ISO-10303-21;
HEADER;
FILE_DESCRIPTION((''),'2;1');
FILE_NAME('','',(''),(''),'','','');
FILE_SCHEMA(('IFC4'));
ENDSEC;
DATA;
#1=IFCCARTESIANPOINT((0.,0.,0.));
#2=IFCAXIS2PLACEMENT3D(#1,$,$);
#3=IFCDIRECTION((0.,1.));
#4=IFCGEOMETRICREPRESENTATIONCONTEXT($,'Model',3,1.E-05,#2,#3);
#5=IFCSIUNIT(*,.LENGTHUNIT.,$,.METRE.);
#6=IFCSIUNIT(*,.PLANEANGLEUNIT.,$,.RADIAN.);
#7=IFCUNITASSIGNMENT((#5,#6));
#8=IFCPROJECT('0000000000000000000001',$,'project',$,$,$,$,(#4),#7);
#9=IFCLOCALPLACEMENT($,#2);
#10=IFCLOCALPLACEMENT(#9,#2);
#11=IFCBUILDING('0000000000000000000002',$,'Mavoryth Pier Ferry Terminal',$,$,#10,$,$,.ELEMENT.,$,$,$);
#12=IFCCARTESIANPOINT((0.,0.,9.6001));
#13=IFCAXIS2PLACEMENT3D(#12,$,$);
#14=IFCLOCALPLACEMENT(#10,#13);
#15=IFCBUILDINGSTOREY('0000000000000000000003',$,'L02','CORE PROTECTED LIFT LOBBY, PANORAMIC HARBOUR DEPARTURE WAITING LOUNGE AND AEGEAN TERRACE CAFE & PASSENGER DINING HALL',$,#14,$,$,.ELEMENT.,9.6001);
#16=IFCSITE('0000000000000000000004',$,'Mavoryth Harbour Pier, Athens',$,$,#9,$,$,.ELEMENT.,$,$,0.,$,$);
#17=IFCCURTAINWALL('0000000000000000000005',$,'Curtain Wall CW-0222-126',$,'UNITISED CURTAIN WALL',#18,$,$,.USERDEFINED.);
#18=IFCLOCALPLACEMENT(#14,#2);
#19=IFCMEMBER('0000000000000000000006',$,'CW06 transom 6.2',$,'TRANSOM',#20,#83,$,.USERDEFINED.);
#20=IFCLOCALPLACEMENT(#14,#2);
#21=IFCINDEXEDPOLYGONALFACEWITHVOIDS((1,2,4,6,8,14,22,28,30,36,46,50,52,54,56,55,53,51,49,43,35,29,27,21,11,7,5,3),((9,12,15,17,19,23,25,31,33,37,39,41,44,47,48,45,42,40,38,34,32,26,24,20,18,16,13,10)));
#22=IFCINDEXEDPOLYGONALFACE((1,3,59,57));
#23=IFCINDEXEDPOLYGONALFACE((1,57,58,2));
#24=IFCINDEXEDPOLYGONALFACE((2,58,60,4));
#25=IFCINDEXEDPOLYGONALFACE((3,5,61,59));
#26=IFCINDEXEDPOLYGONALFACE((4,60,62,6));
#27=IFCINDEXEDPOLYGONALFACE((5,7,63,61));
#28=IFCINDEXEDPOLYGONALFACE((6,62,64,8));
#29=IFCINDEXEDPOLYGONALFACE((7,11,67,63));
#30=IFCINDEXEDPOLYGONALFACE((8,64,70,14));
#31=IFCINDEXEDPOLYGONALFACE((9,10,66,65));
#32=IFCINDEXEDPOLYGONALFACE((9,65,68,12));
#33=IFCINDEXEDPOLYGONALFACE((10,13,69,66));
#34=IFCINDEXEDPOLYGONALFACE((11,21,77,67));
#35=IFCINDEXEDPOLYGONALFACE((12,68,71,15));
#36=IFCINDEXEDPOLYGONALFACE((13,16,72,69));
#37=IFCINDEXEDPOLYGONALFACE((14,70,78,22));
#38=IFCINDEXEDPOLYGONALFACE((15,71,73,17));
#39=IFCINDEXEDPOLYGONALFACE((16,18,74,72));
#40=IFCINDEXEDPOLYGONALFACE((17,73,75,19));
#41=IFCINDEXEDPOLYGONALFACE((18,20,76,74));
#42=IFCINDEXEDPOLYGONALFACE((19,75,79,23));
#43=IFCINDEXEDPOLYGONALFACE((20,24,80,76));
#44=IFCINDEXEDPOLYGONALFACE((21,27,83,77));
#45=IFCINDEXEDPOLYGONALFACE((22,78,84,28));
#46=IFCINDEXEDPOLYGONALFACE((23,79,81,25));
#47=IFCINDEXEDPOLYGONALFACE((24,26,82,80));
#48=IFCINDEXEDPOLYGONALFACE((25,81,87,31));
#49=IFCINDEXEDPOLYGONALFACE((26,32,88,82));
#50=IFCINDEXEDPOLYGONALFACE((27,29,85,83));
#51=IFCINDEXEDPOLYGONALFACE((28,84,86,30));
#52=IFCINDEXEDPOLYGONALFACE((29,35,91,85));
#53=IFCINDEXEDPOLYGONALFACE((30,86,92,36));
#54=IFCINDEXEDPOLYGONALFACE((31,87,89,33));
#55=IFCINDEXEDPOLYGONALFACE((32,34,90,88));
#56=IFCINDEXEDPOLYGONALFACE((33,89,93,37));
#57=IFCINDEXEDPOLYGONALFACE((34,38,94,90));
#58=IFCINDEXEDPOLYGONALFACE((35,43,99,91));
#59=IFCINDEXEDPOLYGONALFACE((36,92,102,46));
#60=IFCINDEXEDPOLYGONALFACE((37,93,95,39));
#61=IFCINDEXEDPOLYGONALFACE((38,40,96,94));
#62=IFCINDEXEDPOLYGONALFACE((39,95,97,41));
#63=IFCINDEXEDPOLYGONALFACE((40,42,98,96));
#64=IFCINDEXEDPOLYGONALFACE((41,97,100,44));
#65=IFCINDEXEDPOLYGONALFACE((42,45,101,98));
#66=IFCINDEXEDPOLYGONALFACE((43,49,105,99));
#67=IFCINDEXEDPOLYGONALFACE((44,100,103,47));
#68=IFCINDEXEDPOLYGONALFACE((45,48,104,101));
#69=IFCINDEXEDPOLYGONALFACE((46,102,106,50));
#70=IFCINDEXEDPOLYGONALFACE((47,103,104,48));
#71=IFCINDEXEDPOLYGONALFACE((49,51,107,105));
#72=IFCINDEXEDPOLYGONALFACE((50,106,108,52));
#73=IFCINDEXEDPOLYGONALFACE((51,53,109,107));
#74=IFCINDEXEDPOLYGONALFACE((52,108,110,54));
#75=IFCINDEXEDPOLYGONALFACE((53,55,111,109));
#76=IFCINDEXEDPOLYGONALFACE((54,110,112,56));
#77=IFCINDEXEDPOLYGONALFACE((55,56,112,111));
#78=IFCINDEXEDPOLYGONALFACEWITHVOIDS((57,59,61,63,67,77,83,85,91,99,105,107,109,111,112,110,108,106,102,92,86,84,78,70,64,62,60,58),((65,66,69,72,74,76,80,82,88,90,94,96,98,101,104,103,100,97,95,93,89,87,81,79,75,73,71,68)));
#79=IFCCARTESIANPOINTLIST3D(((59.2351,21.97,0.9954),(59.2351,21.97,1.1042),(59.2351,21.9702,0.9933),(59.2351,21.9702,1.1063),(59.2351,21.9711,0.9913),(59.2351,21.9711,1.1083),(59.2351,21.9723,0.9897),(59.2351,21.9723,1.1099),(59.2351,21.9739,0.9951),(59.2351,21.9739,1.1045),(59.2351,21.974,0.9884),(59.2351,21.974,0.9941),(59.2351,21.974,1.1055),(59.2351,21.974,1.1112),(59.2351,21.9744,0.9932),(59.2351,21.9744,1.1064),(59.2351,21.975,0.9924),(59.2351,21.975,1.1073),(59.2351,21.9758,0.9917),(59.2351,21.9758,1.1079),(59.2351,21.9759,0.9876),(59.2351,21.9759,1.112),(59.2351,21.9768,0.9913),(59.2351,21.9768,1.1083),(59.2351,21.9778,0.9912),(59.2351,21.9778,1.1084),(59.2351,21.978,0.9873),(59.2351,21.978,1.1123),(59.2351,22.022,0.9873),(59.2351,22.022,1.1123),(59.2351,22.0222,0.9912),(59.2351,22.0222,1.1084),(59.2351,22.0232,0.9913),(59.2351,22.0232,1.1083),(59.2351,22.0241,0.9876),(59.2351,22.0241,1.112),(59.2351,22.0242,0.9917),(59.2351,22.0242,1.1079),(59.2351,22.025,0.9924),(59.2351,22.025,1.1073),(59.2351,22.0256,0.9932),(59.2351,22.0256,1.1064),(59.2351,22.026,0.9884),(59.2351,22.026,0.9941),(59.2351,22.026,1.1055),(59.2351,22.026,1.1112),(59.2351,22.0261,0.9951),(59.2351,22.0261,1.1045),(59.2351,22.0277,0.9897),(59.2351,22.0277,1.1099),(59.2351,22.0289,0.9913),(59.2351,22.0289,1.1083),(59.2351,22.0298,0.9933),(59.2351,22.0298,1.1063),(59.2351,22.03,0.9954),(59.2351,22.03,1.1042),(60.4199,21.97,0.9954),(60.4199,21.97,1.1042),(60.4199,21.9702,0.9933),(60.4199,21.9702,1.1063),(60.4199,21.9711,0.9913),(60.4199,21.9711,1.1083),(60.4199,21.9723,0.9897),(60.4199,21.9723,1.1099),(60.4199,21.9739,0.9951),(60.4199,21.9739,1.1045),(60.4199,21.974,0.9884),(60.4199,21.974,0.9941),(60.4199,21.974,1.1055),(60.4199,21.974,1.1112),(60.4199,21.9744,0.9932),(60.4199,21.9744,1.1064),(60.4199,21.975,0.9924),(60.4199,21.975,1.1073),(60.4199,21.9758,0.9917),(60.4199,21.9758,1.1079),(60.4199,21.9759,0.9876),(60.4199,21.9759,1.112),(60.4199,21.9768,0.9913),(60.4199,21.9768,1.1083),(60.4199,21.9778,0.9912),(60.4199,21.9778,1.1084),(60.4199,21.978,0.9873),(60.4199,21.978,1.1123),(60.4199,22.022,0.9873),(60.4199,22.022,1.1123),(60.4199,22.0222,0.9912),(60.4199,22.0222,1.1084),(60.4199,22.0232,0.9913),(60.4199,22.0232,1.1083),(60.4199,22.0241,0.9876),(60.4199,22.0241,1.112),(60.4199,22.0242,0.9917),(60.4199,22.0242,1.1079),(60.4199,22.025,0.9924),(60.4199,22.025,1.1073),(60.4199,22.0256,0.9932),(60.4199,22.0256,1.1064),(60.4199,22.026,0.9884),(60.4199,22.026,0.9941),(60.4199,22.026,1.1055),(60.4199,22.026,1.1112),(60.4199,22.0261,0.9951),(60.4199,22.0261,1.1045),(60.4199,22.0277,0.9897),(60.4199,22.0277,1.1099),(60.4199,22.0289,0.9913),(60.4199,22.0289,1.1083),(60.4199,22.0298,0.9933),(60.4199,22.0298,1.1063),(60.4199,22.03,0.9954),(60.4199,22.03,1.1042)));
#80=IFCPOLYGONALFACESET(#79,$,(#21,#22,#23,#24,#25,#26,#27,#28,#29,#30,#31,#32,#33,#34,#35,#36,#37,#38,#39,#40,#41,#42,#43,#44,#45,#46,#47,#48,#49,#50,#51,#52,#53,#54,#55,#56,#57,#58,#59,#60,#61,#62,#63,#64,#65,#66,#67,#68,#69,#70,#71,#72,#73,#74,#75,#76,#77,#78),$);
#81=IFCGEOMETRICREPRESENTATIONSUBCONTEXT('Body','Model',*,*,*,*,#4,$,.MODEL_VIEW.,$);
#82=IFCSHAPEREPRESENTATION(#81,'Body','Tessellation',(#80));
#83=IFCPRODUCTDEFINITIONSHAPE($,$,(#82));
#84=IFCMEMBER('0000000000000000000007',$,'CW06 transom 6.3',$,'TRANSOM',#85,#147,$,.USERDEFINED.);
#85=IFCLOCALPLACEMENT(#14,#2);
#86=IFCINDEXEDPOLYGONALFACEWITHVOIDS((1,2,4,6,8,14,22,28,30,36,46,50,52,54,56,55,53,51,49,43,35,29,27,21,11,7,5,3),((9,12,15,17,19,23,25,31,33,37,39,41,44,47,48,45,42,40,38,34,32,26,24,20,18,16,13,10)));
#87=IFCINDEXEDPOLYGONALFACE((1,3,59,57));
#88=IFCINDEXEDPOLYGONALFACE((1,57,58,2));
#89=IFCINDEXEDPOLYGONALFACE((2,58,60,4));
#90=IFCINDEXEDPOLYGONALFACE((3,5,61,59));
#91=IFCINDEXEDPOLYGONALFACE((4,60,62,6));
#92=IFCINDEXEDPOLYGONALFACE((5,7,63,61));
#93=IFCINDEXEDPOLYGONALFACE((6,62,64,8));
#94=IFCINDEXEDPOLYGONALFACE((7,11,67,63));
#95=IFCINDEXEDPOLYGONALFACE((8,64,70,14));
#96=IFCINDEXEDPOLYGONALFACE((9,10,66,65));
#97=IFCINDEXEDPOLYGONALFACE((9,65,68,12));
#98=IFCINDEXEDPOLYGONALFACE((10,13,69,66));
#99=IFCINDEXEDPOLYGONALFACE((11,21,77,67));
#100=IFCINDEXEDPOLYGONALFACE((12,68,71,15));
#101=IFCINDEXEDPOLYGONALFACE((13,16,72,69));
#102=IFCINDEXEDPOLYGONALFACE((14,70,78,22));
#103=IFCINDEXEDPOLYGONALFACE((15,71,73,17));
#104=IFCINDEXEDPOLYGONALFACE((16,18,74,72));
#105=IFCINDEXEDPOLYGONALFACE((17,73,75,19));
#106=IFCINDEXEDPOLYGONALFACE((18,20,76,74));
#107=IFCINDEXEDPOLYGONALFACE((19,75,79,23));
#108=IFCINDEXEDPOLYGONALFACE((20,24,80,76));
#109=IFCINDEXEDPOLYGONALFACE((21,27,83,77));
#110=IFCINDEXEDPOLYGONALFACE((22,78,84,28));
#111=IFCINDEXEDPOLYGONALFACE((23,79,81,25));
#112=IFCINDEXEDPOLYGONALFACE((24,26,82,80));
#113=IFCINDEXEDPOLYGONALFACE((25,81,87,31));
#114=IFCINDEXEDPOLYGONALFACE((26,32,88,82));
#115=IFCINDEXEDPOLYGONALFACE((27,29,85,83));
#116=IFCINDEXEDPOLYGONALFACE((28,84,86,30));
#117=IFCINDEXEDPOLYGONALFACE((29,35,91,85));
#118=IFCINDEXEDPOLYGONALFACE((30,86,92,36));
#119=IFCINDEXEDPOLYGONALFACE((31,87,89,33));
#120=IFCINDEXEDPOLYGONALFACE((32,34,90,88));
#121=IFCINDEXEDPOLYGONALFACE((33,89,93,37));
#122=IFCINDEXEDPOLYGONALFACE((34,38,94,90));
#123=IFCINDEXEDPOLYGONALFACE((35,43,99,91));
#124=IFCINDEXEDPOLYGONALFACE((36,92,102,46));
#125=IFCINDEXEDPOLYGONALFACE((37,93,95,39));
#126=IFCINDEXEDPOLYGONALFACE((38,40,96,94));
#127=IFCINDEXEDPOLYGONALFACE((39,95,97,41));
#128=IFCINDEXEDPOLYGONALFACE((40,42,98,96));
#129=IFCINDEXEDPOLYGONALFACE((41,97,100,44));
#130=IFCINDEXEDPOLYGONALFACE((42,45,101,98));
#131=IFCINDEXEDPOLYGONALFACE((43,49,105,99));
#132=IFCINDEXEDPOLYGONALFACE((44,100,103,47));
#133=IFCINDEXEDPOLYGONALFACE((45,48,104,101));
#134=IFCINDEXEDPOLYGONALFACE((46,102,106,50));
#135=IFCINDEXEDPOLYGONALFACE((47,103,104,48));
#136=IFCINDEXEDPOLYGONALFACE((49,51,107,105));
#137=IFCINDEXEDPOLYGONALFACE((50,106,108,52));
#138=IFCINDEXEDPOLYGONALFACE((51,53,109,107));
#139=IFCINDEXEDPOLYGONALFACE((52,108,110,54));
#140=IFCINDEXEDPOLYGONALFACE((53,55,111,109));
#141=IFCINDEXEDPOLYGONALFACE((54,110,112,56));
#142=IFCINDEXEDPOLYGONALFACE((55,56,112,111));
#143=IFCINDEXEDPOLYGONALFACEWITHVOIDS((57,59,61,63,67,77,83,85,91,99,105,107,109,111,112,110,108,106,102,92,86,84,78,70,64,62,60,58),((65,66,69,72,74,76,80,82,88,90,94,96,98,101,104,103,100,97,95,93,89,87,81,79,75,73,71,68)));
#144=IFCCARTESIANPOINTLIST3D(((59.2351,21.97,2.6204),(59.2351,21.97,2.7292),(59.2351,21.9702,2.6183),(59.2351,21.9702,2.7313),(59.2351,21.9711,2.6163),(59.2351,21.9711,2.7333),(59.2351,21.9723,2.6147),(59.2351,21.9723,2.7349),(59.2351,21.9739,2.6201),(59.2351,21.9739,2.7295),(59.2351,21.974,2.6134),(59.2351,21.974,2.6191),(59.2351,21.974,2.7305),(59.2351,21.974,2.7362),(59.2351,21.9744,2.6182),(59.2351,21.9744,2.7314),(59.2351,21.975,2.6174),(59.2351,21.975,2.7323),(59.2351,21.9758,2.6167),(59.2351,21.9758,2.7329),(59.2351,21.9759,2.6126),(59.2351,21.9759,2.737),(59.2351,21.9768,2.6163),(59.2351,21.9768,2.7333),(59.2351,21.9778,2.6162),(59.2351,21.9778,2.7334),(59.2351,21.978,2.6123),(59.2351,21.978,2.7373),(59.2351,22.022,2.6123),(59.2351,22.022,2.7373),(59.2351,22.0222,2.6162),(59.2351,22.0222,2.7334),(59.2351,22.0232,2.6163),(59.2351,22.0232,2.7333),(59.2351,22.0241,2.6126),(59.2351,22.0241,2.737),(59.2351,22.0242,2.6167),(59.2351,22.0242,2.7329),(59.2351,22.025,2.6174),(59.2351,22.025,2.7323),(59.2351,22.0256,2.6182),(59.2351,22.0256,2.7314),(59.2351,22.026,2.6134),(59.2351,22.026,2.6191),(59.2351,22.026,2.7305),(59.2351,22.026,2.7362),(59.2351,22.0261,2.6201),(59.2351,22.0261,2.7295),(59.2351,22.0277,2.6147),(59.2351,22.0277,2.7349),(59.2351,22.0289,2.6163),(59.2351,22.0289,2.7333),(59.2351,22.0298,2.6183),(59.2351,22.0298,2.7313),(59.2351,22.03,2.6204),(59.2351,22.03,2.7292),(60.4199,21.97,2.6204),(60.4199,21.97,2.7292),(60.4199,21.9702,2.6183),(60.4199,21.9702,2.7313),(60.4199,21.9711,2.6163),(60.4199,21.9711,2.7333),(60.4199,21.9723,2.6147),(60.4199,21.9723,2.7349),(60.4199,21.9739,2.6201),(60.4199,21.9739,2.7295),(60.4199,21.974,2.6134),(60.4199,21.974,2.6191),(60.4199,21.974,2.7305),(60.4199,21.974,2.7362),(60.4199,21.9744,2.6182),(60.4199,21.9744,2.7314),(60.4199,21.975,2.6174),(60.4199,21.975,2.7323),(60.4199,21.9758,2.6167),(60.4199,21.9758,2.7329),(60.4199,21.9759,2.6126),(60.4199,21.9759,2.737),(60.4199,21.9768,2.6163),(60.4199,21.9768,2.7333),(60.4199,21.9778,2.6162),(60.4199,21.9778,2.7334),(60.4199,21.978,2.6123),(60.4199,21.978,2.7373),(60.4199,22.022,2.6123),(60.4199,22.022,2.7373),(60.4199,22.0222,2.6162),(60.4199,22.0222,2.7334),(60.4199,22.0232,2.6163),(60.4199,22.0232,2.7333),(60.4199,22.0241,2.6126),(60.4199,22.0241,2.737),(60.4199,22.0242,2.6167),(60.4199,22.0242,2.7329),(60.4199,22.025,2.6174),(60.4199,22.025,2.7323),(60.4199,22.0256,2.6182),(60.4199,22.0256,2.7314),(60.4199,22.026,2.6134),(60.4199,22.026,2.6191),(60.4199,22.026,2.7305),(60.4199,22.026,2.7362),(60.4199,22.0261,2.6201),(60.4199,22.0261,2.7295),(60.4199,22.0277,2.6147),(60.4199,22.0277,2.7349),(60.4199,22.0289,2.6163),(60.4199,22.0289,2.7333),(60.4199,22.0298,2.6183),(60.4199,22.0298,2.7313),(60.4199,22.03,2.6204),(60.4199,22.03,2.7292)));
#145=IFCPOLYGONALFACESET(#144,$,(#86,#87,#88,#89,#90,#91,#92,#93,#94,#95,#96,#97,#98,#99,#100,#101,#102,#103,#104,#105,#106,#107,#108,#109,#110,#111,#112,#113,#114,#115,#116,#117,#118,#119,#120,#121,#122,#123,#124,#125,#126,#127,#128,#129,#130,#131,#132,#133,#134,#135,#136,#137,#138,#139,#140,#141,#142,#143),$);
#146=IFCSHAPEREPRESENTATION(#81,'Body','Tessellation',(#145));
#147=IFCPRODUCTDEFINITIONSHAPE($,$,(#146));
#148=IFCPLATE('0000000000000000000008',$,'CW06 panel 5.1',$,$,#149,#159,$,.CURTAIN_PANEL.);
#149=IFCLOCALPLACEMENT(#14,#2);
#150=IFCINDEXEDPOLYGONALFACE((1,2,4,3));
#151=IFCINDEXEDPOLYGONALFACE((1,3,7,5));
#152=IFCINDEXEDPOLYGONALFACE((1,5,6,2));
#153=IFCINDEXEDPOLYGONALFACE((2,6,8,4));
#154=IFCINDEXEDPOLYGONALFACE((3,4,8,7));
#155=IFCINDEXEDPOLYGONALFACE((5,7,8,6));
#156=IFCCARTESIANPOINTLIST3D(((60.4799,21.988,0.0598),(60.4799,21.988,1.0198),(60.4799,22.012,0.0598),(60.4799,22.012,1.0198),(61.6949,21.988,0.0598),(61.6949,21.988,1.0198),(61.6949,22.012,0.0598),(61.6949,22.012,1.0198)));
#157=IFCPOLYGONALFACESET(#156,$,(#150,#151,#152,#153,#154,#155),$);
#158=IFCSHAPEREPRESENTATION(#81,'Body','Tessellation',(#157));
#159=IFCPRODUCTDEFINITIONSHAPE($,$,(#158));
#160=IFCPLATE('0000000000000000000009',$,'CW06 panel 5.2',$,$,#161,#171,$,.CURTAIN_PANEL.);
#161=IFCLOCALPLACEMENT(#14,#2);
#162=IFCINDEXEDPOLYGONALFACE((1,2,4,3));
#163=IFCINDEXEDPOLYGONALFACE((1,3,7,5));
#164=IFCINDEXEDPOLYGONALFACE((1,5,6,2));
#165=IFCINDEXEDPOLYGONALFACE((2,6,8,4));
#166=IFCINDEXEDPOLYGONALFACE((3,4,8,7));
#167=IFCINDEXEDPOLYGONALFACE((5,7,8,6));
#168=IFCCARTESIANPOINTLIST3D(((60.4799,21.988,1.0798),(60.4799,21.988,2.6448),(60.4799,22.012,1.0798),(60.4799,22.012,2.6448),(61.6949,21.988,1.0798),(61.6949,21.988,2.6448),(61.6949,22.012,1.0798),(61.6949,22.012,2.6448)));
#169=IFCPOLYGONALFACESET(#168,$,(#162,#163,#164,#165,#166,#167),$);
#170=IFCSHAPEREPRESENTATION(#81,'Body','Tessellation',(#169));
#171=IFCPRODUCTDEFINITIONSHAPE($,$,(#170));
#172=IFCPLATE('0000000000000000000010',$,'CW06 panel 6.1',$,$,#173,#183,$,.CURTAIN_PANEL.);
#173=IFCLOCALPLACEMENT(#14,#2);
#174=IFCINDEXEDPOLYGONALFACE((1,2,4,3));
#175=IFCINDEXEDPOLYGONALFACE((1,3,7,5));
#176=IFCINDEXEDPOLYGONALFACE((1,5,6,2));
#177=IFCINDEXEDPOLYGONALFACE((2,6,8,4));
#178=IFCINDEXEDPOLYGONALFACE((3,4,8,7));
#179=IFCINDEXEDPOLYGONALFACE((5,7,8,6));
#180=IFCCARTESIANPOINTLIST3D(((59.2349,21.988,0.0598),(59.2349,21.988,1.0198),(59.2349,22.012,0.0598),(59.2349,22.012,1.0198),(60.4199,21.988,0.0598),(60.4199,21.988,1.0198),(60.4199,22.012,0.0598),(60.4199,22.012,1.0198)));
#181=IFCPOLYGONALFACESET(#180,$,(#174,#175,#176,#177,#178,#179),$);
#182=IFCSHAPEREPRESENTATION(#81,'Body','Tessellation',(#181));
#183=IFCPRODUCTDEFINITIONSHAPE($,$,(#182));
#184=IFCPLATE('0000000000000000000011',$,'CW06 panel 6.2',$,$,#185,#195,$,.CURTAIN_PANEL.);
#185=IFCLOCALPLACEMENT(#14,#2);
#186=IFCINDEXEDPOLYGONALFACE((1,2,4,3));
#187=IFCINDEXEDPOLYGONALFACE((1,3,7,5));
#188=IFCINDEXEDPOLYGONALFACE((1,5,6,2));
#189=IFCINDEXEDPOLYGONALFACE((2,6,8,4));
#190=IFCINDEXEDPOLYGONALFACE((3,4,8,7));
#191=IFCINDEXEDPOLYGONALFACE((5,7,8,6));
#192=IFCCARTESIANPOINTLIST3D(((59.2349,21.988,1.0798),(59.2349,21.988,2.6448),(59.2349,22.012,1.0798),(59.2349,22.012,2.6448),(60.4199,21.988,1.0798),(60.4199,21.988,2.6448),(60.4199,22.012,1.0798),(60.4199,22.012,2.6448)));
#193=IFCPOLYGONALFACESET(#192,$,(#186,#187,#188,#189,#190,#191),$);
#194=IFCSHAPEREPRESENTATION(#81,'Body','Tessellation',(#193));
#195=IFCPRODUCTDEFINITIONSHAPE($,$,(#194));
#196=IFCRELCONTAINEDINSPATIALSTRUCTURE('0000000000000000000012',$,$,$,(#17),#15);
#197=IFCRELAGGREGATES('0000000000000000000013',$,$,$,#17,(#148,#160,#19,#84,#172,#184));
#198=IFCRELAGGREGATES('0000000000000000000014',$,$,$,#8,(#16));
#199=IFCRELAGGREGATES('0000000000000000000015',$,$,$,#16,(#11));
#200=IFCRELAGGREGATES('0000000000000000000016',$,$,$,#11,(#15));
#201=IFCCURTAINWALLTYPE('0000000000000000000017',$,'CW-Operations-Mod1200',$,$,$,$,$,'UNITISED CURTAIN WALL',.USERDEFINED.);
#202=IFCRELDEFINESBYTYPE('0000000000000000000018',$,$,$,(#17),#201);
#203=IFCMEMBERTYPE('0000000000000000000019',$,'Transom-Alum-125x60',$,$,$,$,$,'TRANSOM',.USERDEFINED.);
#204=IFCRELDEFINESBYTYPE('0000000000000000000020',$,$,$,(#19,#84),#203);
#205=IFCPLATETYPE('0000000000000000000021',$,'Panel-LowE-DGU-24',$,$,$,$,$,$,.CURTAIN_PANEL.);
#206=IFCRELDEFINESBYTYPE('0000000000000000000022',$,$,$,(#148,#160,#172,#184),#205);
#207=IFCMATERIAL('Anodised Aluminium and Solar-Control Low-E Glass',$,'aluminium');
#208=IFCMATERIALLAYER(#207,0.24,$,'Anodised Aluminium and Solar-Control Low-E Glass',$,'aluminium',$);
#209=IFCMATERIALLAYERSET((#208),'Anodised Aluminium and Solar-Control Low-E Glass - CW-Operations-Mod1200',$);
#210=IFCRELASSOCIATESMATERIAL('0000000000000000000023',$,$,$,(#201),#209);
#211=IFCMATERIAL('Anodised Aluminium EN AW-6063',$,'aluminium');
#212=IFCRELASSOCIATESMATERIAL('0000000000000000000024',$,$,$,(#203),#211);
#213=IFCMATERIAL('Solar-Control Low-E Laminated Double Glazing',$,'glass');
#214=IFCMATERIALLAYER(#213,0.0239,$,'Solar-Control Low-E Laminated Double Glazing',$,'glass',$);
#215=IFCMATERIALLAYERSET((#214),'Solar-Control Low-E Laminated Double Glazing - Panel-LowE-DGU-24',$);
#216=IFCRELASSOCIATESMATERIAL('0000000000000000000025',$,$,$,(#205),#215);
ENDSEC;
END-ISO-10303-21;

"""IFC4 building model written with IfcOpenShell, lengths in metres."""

from ifc_helpers import new_model, si_unit, direction, frame, origin, origin_2d, place, context, subcontext, project, spatial, rectangle, hollow_rectangle, extrude, material, layer, layer_set, material_profile, profile_set, type_object, element, aggregate, save


model = new_model("IFC4")

# Units and contexts
model_context = context("Model", 3, precision=1e-05, world=origin(), true_north=direction((0.0, 1.0)))
body_context = subcontext(model_context, "Body", "Model", "MODEL_VIEW")
ifc_project = project(units=[si_unit("LENGTHUNIT", "METRE"), si_unit("PLANEANGLEUNIT", "RADIAN")], contexts=[model_context])

# Site, building, storey
site_placement = place(None, origin())
site = spatial("IfcSite", under=ifc_project, at=site_placement, Name="Mavoryth Harbour Pier, Athens", CompositionType="ELEMENT", RefElevation=0.0)
building_placement = place(site_placement, origin())
building = spatial("IfcBuilding", under=site, at=building_placement, Name="Mavoryth Pier Ferry Terminal", CompositionType="ELEMENT")
storey_placement = place(building_placement, frame((0.0, 0.0, 9.6001)))
storey = spatial("IfcBuildingStorey", under=building, at=storey_placement, Name="L02", Description="CORE PROTECTED LIFT LOBBY, PANORAMIC HARBOUR DEPARTURE WAITING LOUNGE AND AEGEAN TERRACE CAFE & PASSENGER DINING HALL", CompositionType="ELEMENT", Elevation=9.6001)

# Curtain wall
ifc_material_1 = material(Name="Anodised Aluminium and Solar-Control Low-E Glass", Category="aluminium")
ifc_layer_1 = layer(ifc_material_1, 0.24, Name="Anodised Aluminium and Solar-Control Low-E Glass", Category="aluminium")
ifc_layer_set_1 = layer_set([ifc_layer_1], Name="Anodised Aluminium and Solar-Control Low-E Glass - CW-Operations-Mod1200")
curtain_wall_type = type_object("IfcCurtainWallType", Name="CW-Operations-Mod1200", ElementType="UNITISED CURTAIN WALL", PredefinedType="USERDEFINED", material=ifc_layer_set_1)
curtain_wall_placement = place(storey_placement, origin())
curtain_wall = element("IfcCurtainWall", 1, at=curtain_wall_placement, inside=storey, type_object=curtain_wall_type, Name="Curtain Wall CW-0222-126", ObjectType="UNITISED CURTAIN WALL", PredefinedType="USERDEFINED")
ifc_material_2 = material(Name="Anodised Aluminium EN AW-6063", Category="aluminium")

# Members
ifc_material_profile_1 = material_profile(ifc_material_2, hollow_rectangle(XDim=0.0601, YDim=0.125, WallThickness=0.0039, InnerFilletRadius=0.0039, OuterFilletRadius=0.0081, at=origin_2d()), Name="AL-TRAN 125x60x4", Category="aluminium")
ifc_profile_set_1 = profile_set([ifc_material_profile_1], Name="Anodised Aluminium EN AW-6063 - AL-TRAN 125x60x4")
member_type_1 = type_object("IfcMemberType", Name="Transom-Alum-125x60", ElementType="TRANSOM", PredefinedType="USERDEFINED", material=ifc_profile_set_1)
member_1_placement = place(storey_placement, frame((60.4199, 22.0, 1.0498), z_axis=(-1.0, 0.0, 0.0), x_axis=(0.0, -1.0, 0.0)))
member_1 = element("IfcMember", 2, at=member_1_placement, type_object=member_type_1, Name="CW06 transom 6.2", ObjectType="TRANSOM", PredefinedType="USERDEFINED", context=body_context, shape_type="SweptSolid", body=[
    extrude(hollow_rectangle(XDim=0.0601, YDim=0.125, WallThickness=0.0039, InnerFilletRadius=0.0039, OuterFilletRadius=0.0081, at=origin_2d()), origin(), (0.0, 0.0, 1.0), 1.1848),
])
member_2_placement = place(storey_placement, frame((60.4199, 22.0, 2.6748), z_axis=(-1.0, 0.0, 0.0), x_axis=(0.0, -1.0, 0.0)))
member_2 = element("IfcMember", 3, at=member_2_placement, type_object=member_type_1, Name="CW06 transom 6.3", ObjectType="TRANSOM", PredefinedType="USERDEFINED", context=body_context, shape_type="SweptSolid", body=[
    extrude(hollow_rectangle(XDim=0.0601, YDim=0.125, WallThickness=0.0039, InnerFilletRadius=0.0039, OuterFilletRadius=0.0081, at=origin_2d()), origin(), (0.0, 0.0, 1.0), 1.1848),
])

# Plates
ifc_material_3 = material(Name="Solar-Control Low-E Laminated Double Glazing", Category="glass")
ifc_layer_2 = layer(ifc_material_3, 0.0239, Name="Solar-Control Low-E Laminated Double Glazing", Category="glass")
ifc_layer_set_2 = layer_set([ifc_layer_2], Name="Solar-Control Low-E Laminated Double Glazing - Panel-LowE-DGU-24")
plate_type = type_object("IfcPlateType", Name="Panel-LowE-DGU-24", PredefinedType="CURTAIN_PANEL", material=ifc_layer_set_2)
plate_1_placement = place(storey_placement, frame((61.0874, 22.0, 0.0598), z_axis=(0.0, 0.0, 1.0), x_axis=(-1.0, 0.0, 0.0)))
plate_1 = element("IfcPlate", 4, at=plate_1_placement, type_object=plate_type, Name="CW06 panel 5.1", PredefinedType="CURTAIN_PANEL", context=body_context, shape_type="SweptSolid", body=[
    extrude(rectangle(XDim=1.2151, YDim=0.0239, at=origin_2d()), origin(), (0.0, 0.0, 1.0), 0.96),
])
plate_2_placement = place(storey_placement, frame((61.0874, 22.0, 1.0798), z_axis=(0.0, 0.0, 1.0), x_axis=(-1.0, 0.0, 0.0)))
plate_2 = element("IfcPlate", 5, at=plate_2_placement, type_object=plate_type, Name="CW06 panel 5.2", PredefinedType="CURTAIN_PANEL", context=body_context, shape_type="SweptSolid", body=[
    extrude(rectangle(XDim=1.2151, YDim=0.0239, at=origin_2d()), origin(), (0.0, 0.0, 1.0), 1.5649),
])
plate_3_placement = place(storey_placement, frame((59.8274, 22.0, 0.0598), z_axis=(0.0, 0.0, 1.0), x_axis=(-1.0, 0.0, 0.0)))
plate_3 = element("IfcPlate", 6, at=plate_3_placement, type_object=plate_type, Name="CW06 panel 6.1", PredefinedType="CURTAIN_PANEL", context=body_context, shape_type="SweptSolid", body=[
    extrude(rectangle(XDim=1.1851, YDim=0.0239, at=origin_2d()), origin(), (0.0, 0.0, 1.0), 0.96),
])
plate_4_placement = place(storey_placement, frame((59.8274, 22.0, 1.0798), z_axis=(0.0, 0.0, 1.0), x_axis=(-1.0, 0.0, 0.0)))
plate_4 = element("IfcPlate", 7, at=plate_4_placement, type_object=plate_type, Name="CW06 panel 6.2", PredefinedType="CURTAIN_PANEL", context=body_context, shape_type="SweptSolid", body=[
    extrude(rectangle(XDim=1.1851, YDim=0.0239, at=origin_2d()), origin(), (0.0, 0.0, 1.0), 1.5649),
])
aggregate(curtain_wall, [plate_1, plate_2, member_1, member_2, plate_3, plate_4])

save(model, "model.ifc")
